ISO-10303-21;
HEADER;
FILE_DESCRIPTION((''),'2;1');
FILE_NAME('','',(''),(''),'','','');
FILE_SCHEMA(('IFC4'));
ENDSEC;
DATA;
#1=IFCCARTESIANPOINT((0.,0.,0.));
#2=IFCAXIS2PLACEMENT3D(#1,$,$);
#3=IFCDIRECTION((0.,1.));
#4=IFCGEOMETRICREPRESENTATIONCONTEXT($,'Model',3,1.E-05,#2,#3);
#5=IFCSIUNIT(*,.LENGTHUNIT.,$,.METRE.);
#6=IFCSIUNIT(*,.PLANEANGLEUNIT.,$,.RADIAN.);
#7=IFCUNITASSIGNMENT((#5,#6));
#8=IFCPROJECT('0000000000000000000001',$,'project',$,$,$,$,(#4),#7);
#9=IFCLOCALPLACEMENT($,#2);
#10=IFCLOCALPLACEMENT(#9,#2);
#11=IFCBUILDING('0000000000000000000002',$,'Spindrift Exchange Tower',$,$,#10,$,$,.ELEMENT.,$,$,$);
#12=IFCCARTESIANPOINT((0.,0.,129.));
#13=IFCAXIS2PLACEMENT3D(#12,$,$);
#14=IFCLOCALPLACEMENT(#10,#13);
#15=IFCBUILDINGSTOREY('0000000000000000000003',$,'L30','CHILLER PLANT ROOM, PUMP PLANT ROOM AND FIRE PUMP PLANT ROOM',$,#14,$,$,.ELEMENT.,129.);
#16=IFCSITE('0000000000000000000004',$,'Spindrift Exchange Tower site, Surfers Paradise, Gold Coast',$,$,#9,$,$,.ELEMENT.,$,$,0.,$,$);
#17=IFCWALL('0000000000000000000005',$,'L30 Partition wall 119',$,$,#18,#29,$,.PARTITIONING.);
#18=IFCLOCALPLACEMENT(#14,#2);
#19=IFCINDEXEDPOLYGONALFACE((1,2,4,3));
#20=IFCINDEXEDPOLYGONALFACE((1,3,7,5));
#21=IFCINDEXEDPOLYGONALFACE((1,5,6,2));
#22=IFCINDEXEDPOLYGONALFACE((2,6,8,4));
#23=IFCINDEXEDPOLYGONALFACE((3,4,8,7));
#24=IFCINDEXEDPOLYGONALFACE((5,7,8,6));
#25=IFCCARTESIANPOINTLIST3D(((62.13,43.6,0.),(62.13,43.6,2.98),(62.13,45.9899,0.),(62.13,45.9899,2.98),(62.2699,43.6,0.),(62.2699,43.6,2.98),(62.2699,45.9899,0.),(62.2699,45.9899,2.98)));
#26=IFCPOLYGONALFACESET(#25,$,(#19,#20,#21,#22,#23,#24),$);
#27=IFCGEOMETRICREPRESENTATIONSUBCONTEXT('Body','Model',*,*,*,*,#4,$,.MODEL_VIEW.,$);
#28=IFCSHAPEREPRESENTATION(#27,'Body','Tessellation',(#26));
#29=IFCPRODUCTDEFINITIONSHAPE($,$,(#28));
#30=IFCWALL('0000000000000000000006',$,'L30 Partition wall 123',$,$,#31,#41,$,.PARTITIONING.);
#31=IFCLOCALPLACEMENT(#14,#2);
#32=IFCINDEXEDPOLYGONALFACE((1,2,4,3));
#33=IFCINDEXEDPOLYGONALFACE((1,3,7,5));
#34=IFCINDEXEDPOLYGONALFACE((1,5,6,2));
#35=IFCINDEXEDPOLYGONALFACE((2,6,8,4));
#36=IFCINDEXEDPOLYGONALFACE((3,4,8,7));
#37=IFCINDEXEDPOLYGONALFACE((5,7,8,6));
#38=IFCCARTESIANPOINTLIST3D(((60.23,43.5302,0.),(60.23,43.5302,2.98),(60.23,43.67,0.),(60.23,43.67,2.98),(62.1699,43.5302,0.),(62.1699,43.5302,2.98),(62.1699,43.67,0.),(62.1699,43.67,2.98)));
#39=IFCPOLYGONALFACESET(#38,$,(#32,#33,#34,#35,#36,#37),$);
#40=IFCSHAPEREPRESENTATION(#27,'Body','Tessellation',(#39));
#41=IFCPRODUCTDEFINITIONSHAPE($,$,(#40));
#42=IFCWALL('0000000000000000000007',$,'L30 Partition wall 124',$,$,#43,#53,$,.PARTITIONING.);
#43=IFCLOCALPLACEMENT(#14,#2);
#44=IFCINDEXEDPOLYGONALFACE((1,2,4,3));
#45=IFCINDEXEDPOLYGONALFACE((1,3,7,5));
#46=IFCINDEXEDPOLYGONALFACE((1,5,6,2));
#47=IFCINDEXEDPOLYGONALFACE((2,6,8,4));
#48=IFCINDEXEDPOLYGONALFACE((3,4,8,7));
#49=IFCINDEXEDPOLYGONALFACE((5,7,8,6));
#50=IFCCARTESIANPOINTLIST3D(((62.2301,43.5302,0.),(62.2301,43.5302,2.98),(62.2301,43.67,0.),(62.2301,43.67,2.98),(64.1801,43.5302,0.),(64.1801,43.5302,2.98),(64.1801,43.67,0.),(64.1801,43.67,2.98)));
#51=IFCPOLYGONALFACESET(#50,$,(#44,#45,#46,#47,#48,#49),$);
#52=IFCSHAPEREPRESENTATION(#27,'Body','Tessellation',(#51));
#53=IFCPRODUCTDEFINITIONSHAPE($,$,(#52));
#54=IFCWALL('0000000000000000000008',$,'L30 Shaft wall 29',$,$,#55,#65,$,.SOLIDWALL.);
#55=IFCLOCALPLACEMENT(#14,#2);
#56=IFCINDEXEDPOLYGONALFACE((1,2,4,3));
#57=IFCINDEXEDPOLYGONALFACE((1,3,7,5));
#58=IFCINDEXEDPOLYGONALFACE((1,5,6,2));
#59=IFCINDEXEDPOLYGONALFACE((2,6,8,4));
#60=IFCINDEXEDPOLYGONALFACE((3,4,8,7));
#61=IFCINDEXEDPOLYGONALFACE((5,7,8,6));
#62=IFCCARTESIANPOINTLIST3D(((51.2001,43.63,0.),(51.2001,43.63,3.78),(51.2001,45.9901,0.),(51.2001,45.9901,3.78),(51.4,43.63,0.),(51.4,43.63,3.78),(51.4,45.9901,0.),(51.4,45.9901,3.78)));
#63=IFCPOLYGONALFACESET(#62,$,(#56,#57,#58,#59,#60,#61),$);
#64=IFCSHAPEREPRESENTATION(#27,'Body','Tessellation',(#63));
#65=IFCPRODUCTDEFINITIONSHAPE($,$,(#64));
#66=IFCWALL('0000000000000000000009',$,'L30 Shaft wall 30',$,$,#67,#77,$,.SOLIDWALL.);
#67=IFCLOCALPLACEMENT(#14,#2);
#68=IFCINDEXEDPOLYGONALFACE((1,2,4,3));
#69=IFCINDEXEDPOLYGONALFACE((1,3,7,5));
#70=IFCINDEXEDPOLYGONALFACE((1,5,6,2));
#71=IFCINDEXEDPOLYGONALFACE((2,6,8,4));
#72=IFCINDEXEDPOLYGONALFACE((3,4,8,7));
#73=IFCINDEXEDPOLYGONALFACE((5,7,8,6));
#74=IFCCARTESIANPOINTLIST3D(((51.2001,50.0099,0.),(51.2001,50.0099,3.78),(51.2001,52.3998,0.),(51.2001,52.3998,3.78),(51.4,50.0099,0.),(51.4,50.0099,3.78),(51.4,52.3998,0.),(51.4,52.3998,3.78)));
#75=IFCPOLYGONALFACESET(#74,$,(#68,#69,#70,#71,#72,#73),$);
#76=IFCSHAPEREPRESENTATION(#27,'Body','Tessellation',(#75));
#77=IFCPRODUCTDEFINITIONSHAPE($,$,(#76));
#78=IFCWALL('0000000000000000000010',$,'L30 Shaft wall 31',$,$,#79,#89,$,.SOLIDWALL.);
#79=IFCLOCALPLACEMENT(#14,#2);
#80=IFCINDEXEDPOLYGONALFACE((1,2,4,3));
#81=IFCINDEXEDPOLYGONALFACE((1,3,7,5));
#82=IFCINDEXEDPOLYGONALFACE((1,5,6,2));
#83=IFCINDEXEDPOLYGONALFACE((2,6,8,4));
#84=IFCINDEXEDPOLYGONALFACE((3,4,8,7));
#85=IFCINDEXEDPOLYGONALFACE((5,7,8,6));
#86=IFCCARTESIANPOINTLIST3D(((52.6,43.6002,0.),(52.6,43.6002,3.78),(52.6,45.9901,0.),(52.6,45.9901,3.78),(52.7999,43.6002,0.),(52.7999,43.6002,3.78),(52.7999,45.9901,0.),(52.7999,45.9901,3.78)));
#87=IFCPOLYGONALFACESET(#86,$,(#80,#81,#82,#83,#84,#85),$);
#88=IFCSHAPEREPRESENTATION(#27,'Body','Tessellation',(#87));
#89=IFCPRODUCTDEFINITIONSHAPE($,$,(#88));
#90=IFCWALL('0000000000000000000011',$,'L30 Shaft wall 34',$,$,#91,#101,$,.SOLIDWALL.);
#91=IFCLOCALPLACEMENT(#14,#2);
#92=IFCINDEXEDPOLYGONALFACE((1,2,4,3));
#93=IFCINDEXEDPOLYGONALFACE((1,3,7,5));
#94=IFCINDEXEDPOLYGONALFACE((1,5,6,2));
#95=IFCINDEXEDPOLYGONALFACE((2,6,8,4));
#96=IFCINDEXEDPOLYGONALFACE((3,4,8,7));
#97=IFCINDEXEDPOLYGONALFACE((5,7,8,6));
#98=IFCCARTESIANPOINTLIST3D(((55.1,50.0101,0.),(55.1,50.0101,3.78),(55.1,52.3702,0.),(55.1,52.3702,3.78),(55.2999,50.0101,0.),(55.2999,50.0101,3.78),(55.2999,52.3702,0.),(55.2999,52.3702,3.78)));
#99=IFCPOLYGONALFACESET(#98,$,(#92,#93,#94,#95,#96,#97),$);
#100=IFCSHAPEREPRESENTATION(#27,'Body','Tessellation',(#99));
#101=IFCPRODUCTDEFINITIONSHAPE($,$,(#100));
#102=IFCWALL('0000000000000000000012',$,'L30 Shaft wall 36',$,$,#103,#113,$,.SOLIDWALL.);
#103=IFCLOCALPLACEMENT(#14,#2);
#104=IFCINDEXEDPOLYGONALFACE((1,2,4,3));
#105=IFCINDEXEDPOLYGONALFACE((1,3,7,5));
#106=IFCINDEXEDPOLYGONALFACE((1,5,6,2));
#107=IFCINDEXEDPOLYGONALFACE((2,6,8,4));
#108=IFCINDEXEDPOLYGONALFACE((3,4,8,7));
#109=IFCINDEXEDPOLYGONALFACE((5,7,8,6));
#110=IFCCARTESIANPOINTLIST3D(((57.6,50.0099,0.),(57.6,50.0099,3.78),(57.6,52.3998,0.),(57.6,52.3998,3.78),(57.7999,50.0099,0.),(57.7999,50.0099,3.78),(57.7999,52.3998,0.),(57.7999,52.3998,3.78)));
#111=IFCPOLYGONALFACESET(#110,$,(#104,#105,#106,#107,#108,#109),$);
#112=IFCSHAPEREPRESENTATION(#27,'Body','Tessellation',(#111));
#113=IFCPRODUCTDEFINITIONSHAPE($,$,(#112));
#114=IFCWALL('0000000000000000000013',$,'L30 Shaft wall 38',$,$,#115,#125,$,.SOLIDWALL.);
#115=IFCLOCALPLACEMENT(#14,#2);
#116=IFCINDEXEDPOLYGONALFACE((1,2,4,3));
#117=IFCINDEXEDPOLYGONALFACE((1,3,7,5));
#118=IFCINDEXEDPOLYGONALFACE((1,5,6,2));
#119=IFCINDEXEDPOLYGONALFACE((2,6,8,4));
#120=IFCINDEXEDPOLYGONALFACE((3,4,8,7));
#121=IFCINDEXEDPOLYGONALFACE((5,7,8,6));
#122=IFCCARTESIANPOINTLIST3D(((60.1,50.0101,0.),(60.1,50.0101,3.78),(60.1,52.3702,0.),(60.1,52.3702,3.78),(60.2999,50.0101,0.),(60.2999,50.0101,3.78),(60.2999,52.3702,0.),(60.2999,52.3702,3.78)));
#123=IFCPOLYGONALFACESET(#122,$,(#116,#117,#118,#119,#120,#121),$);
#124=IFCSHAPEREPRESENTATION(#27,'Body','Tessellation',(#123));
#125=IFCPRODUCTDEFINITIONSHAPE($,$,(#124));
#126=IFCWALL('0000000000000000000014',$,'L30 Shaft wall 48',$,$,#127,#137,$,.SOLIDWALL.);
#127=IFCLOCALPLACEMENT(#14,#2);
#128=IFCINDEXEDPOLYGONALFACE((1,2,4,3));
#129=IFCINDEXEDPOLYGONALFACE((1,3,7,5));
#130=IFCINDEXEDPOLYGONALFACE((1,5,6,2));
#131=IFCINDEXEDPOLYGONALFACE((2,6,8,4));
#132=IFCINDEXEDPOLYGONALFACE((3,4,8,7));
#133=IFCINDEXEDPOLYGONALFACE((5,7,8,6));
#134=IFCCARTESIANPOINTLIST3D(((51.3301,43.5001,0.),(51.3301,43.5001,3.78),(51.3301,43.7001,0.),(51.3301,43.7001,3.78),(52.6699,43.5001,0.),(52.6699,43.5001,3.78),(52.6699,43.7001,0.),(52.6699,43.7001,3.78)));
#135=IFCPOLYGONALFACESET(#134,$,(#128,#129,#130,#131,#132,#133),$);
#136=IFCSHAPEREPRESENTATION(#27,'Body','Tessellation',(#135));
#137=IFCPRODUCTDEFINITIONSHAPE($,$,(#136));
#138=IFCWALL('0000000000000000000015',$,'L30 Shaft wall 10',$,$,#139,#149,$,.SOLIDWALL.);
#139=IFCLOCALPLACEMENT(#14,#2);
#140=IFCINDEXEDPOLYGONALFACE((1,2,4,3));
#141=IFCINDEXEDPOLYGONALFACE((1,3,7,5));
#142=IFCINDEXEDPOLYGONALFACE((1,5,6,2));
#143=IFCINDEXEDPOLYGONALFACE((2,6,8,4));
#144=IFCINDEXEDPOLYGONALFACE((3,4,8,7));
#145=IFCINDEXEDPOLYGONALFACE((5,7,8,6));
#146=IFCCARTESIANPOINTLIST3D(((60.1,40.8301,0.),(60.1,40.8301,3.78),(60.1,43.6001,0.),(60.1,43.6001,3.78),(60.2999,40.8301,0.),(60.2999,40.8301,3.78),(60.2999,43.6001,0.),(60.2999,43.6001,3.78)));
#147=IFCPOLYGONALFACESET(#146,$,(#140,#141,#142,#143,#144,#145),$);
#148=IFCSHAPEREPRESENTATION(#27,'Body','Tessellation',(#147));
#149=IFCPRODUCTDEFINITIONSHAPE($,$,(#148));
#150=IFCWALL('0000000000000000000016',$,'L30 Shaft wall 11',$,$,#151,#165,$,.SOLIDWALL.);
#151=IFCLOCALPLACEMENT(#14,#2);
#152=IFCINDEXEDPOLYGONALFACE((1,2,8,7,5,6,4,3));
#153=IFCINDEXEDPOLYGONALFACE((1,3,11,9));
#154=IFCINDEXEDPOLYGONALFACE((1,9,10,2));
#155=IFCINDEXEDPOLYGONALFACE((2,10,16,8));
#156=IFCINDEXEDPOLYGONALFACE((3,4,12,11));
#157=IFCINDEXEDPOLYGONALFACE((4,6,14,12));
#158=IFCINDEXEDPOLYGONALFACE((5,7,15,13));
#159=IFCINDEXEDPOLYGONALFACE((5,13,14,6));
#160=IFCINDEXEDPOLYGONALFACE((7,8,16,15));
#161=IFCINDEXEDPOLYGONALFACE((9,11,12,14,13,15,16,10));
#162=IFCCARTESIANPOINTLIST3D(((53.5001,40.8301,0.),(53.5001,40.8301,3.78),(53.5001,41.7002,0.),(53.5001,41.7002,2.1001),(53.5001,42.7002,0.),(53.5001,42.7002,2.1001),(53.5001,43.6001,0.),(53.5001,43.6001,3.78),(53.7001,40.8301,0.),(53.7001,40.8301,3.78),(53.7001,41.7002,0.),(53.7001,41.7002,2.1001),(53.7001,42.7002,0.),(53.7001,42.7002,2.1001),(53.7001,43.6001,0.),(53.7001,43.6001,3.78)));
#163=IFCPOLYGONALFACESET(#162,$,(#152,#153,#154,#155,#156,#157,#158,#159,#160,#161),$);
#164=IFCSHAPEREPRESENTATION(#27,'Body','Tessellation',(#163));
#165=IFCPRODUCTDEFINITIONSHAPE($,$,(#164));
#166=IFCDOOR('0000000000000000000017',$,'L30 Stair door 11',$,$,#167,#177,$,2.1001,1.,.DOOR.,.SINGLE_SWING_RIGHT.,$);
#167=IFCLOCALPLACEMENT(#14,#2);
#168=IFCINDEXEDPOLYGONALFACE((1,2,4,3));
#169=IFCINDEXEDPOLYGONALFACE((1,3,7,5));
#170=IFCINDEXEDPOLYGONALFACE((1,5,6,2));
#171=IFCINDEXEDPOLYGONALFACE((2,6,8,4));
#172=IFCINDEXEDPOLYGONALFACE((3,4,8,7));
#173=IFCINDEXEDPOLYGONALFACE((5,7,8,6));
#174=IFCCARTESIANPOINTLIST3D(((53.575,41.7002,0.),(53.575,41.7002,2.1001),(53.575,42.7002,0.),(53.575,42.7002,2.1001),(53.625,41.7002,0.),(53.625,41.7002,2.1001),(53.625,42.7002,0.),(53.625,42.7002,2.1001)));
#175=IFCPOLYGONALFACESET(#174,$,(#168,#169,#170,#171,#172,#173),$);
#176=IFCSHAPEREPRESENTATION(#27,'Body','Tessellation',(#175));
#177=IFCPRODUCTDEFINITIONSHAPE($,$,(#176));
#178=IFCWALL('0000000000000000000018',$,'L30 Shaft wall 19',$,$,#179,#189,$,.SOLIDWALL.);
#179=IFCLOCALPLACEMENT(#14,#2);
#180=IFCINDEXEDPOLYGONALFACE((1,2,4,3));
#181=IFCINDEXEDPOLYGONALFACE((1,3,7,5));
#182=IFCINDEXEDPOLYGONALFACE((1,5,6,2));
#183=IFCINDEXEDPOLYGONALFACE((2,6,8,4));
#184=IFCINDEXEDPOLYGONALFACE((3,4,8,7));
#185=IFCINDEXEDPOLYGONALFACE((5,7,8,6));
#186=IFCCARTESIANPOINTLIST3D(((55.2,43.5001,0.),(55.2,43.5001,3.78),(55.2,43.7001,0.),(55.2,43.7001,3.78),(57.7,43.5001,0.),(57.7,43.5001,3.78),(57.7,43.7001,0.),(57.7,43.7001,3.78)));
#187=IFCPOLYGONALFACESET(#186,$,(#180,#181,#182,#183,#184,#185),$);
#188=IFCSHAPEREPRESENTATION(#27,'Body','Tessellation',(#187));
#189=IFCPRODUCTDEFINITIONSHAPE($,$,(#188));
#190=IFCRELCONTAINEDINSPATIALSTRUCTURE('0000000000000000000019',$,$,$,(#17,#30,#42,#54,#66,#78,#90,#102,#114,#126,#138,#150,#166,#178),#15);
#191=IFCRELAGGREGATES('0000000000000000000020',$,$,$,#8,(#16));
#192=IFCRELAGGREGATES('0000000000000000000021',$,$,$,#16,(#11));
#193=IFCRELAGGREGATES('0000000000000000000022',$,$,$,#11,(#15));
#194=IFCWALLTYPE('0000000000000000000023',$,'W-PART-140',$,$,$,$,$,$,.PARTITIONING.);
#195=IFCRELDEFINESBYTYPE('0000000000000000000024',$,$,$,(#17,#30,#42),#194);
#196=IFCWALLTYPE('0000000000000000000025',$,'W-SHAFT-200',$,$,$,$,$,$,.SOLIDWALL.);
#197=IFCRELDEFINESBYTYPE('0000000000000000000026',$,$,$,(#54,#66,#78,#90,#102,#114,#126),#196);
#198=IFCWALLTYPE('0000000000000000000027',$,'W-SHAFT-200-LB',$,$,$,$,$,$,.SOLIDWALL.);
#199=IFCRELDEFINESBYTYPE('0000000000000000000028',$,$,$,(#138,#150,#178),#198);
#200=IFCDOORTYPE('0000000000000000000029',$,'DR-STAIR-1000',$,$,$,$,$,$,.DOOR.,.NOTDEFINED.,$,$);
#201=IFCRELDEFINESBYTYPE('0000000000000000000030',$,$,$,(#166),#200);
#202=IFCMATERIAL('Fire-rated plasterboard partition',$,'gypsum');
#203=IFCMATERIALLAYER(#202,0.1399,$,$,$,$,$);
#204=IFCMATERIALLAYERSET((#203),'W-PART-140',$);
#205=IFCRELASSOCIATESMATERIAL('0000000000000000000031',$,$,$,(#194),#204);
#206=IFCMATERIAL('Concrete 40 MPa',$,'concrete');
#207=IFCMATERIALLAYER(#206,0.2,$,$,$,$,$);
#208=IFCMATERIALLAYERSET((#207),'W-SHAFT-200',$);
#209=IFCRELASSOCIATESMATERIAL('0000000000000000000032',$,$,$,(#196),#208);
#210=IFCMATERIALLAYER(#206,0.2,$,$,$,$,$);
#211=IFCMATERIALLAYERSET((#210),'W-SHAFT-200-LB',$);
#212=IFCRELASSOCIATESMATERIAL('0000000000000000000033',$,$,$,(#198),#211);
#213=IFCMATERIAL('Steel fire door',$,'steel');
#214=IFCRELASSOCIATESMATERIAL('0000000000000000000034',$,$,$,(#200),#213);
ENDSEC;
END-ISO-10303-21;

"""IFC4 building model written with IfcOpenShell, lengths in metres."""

from ifc_helpers import new_model, si_unit, direction, frame, frame_2d, origin, place, context, subcontext, project, spatial, rectangle, extrude, source, transform, mapped, material, layer, layer_set, type_object, element, fill, save


model = new_model("IFC4")

# Units and contexts
model_context = context("Model", 3, precision=1e-05, world=origin(), true_north=direction((0.0, 1.0)))
body_context = subcontext(model_context, "Body", "Model", "MODEL_VIEW")
ifc_project = project(units=[si_unit("LENGTHUNIT", "METRE"), si_unit("PLANEANGLEUNIT", "RADIAN")], contexts=[model_context])

# Site, building, storey
site_placement = place(None, origin())
site = spatial("IfcSite", under=ifc_project, at=site_placement, Name="Spindrift Exchange Tower site, Surfers Paradise, Gold Coast", CompositionType="ELEMENT", RefElevation=0.0)
building_placement = place(site_placement, origin())
building = spatial("IfcBuilding", under=site, at=building_placement, Name="Spindrift Exchange Tower", CompositionType="ELEMENT")
storey_placement = place(building_placement, frame((0.0, 0.0, 129.0)))
storey = spatial("IfcBuildingStorey", under=building, at=storey_placement, Name="L30", Description="CHILLER PLANT ROOM, PUMP PLANT ROOM AND FIRE PUMP PLANT ROOM", CompositionType="ELEMENT", Elevation=129.0)

# Walls
ifc_material_1 = material(Name="Fire-rated plasterboard partition", Category="gypsum")
ifc_layer_1 = layer(ifc_material_1, 0.1399)
ifc_layer_set_1 = layer_set([ifc_layer_1], Name="W-PART-140")
wall_type_1 = type_object("IfcWallType", Name="W-PART-140", PredefinedType="PARTITIONING", material=ifc_layer_set_1)
wall_1_placement = place(storey_placement, frame((62.2, 43.6001, 0.0), z_axis=(0.0, 0.0, 1.0), x_axis=(0.0, 1.0, 0.0)))
element("IfcWall", 1, at=wall_1_placement, inside=storey, type_object=wall_type_1, Name="L30 Partition wall 119", PredefinedType="PARTITIONING", context=body_context, shape_type="SweptSolid", body=[
    extrude(rectangle(XDim=2.3899, YDim=0.1399, at=frame_2d((1.1948, 0.0))), origin(), (0.0, 0.0, 1.0), 2.98),
])
wall_2_placement = place(storey_placement, frame((60.23, 43.6001, 0.0), z_axis=(0.0, 0.0, 1.0), x_axis=(1.0, 0.0, 0.0)))
element("IfcWall", 2, at=wall_2_placement, inside=storey, type_object=wall_type_1, Name="L30 Partition wall 123", PredefinedType="PARTITIONING", context=body_context, shape_type="SweptSolid", body=[
    extrude(rectangle(XDim=1.9399, YDim=0.1399, at=frame_2d((0.97, 0.0))), origin(), (0.0, 0.0, 1.0), 2.98),
])
wall_3_placement = place(storey_placement, frame((62.23, 43.6001, 0.0), z_axis=(0.0, 0.0, 1.0), x_axis=(1.0, 0.0, 0.0)))
element("IfcWall", 3, at=wall_3_placement, inside=storey, type_object=wall_type_1, Name="L30 Partition wall 124", PredefinedType="PARTITIONING", context=body_context, shape_type="SweptSolid", body=[
    extrude(rectangle(XDim=1.95, YDim=0.1399, at=frame_2d((0.9751, 0.0))), origin(), (0.0, 0.0, 1.0), 2.98),
])
ifc_material_2 = material(Name="Concrete 40 MPa", Category="concrete")
ifc_layer_2 = layer(ifc_material_2, 0.2)
ifc_layer_set_2 = layer_set([ifc_layer_2], Name="W-SHAFT-200")
wall_type_2 = type_object("IfcWallType", Name="W-SHAFT-200", PredefinedType="SOLIDWALL", material=ifc_layer_set_2)
wall_4_placement = place(storey_placement, frame((51.3, 43.6299, 0.0), z_axis=(0.0, 0.0, 1.0), x_axis=(0.0, 1.0, 0.0)))
element("IfcWall", 4, at=wall_4_placement, inside=storey, type_object=wall_type_2, Name="L30 Shaft wall 29", PredefinedType="SOLIDWALL", context=body_context, shape_type="SweptSolid", body=[
    extrude(rectangle(XDim=2.3601, YDim=0.2, at=frame_2d((1.1802, 0.0))), origin(), (0.0, 0.0, 1.0), 3.78),
])
for number, where, z_axis, x_axis, name in (
    (5, (51.3, 50.01, 0.0), (0.0, 0.0, 1.0), (0.0, 1.0, 0.0), "L30 Shaft wall 30"),
    (6, (52.7, 45.99, 0.0), (0.0, 0.0, 1.0), (0.0, -1.0, 0.0), "L30 Shaft wall 31"),
):
    element("IfcWall", number, at=place(storey_placement, frame(where, z_axis=z_axis, x_axis=x_axis)), inside=storey, type_object=wall_type_2, Name=name, PredefinedType="SOLIDWALL", context=body_context, shape_type="SweptSolid", body=[
        extrude(rectangle(XDim=2.3899, YDim=0.2, at=frame_2d((1.1948, 0.0))), origin(), (0.0, 0.0, 1.0), 3.78),
    ])
wall_5_placement = place(storey_placement, frame((55.2, 50.01, 0.0), z_axis=(0.0, 0.0, 1.0), x_axis=(0.0, 1.0, 0.0)))
element("IfcWall", 7, at=wall_5_placement, inside=storey, type_object=wall_type_2, Name="L30 Shaft wall 34", PredefinedType="SOLIDWALL", context=body_context, shape_type="SweptSolid", body=[
    extrude(rectangle(XDim=2.3601, YDim=0.2, at=frame_2d((1.1802, 0.0))), origin(), (0.0, 0.0, 1.0), 3.78),
])
wall_6_placement = place(storey_placement, frame((57.7, 50.01, 0.0), z_axis=(0.0, 0.0, 1.0), x_axis=(0.0, 1.0, 0.0)))
element("IfcWall", 8, at=wall_6_placement, inside=storey, type_object=wall_type_2, Name="L30 Shaft wall 36", PredefinedType="SOLIDWALL", context=body_context, shape_type="SweptSolid", body=[
    extrude(rectangle(XDim=2.3899, YDim=0.2, at=frame_2d((1.1948, 0.0))), origin(), (0.0, 0.0, 1.0), 3.78),
])
wall_7_placement = place(storey_placement, frame((60.2, 50.01, 0.0), z_axis=(0.0, 0.0, 1.0), x_axis=(0.0, 1.0, 0.0)))
element("IfcWall", 9, at=wall_7_placement, inside=storey, type_object=wall_type_2, Name="L30 Shaft wall 38", PredefinedType="SOLIDWALL", context=body_context, shape_type="SweptSolid", body=[
    extrude(rectangle(XDim=2.3601, YDim=0.2, at=frame_2d((1.1802, 0.0))), origin(), (0.0, 0.0, 1.0), 3.78),
])
wall_8_placement = place(storey_placement, frame((52.6699, 43.6001, 0.0), z_axis=(0.0, 0.0, 1.0), x_axis=(-1.0, 0.0, 0.0)))
element("IfcWall", 10, at=wall_8_placement, inside=storey, type_object=wall_type_2, Name="L30 Shaft wall 48", PredefinedType="SOLIDWALL", context=body_context, shape_type="SweptSolid", body=[
    extrude(rectangle(XDim=1.3398, YDim=0.2, at=frame_2d((0.6699, 0.0))), origin(), (0.0, 0.0, 1.0), 3.78),
])
ifc_layer_3 = layer(ifc_material_2, 0.2)
ifc_layer_set_3 = layer_set([ifc_layer_3], Name="W-SHAFT-200-LB")
wall_type_3 = type_object("IfcWallType", Name="W-SHAFT-200-LB", PredefinedType="SOLIDWALL", material=ifc_layer_set_3)
wall_9_placement = place(storey_placement, frame((60.2, 40.8301, 0.0), z_axis=(0.0, 0.0, 1.0), x_axis=(0.0, 1.0, 0.0)))
element("IfcWall", 11, at=wall_9_placement, inside=storey, type_object=wall_type_3, Name="L30 Shaft wall 10", PredefinedType="SOLIDWALL", context=body_context, shape_type="SweptSolid", body=[
    extrude(rectangle(XDim=2.77, YDim=0.2, at=frame_2d((1.385, 0.0))), origin(), (0.0, 0.0, 1.0), 3.78),
])

# Wall, opening, door
wall_10_placement = place(storey_placement, frame((53.6001, 43.6001, 0.0), z_axis=(0.0, 0.0, 1.0), x_axis=(0.0, -1.0, 0.0)))
wall_10 = element("IfcWall", 12, at=wall_10_placement, inside=storey, type_object=wall_type_3, Name="L30 Shaft wall 11", PredefinedType="SOLIDWALL", context=body_context, shape_type="SweptSolid", body=[
    extrude(rectangle(XDim=2.77, YDim=0.2, at=frame_2d((1.385, 0.0))), origin(), (0.0, 0.0, 1.0), 3.78),
])
opening_placement = place(wall_10_placement, frame((0.8999, 0.0, 0.0)))
opening = element("IfcOpeningElement", 13, at=opening_placement, cuts=wall_10, PredefinedType="OPENING", context=body_context, shape_type="SweptSolid", body=[
    extrude(rectangle(XDim=1.0, YDim=2.1001, at=frame_2d((0.5, 1.05))), frame((0.0, 0.1099, 0.0), z_axis=(0.0, -1.0, 0.0), x_axis=(1.0, 0.0, 0.0)), (0.0, 0.0, 1.0), 0.22),
])
ifc_material_3 = material(Name="Steel fire door", Category="steel")
door_type = type_object("IfcDoorType", Name="DR-STAIR-1000", OperationType="NOTDEFINED", PredefinedType="DOOR", material=ifc_material_3)
shared_shape = source(origin(), body_context, "Body", "SweptSolid", [
    extrude(rectangle(XDim=1.0, YDim=2.1001, at=frame_2d((0.5, 1.05))), frame((0.0, 0.0249, 0.0), z_axis=(0.0, -1.0, 0.0), x_axis=(1.0, 0.0, 0.0)), (0.0, 0.0, 1.0), 0.05),
])
door_placement = place(opening_placement, origin())
door = element("IfcDoor", 14, at=door_placement, inside=storey, type_object=door_type, Name="L30 Stair door 11", OperationType="SINGLE_SWING_RIGHT", OverallHeight=2.1001, OverallWidth=1.0, PredefinedType="DOOR", context=body_context, shape_type="MappedRepresentation", body=[
    mapped(shared_shape, transform((0.0, 0.0, 0.0), scale=1.0)),
])
fill(opening, door)

# Wall
wall_11_placement = place(storey_placement, frame((55.2, 43.6001, 0.0), z_axis=(0.0, 0.0, 1.0), x_axis=(1.0, 0.0, 0.0)))
element("IfcWall", 15, at=wall_11_placement, inside=storey, type_object=wall_type_3, Name="L30 Shaft wall 19", PredefinedType="SOLIDWALL", context=body_context, shape_type="SweptSolid", body=[
    extrude(rectangle(XDim=2.5, YDim=0.2, at=frame_2d((1.25, 0.0))), origin(), (0.0, 0.0, 1.0), 3.78),
])

save(model, "model.ifc")
